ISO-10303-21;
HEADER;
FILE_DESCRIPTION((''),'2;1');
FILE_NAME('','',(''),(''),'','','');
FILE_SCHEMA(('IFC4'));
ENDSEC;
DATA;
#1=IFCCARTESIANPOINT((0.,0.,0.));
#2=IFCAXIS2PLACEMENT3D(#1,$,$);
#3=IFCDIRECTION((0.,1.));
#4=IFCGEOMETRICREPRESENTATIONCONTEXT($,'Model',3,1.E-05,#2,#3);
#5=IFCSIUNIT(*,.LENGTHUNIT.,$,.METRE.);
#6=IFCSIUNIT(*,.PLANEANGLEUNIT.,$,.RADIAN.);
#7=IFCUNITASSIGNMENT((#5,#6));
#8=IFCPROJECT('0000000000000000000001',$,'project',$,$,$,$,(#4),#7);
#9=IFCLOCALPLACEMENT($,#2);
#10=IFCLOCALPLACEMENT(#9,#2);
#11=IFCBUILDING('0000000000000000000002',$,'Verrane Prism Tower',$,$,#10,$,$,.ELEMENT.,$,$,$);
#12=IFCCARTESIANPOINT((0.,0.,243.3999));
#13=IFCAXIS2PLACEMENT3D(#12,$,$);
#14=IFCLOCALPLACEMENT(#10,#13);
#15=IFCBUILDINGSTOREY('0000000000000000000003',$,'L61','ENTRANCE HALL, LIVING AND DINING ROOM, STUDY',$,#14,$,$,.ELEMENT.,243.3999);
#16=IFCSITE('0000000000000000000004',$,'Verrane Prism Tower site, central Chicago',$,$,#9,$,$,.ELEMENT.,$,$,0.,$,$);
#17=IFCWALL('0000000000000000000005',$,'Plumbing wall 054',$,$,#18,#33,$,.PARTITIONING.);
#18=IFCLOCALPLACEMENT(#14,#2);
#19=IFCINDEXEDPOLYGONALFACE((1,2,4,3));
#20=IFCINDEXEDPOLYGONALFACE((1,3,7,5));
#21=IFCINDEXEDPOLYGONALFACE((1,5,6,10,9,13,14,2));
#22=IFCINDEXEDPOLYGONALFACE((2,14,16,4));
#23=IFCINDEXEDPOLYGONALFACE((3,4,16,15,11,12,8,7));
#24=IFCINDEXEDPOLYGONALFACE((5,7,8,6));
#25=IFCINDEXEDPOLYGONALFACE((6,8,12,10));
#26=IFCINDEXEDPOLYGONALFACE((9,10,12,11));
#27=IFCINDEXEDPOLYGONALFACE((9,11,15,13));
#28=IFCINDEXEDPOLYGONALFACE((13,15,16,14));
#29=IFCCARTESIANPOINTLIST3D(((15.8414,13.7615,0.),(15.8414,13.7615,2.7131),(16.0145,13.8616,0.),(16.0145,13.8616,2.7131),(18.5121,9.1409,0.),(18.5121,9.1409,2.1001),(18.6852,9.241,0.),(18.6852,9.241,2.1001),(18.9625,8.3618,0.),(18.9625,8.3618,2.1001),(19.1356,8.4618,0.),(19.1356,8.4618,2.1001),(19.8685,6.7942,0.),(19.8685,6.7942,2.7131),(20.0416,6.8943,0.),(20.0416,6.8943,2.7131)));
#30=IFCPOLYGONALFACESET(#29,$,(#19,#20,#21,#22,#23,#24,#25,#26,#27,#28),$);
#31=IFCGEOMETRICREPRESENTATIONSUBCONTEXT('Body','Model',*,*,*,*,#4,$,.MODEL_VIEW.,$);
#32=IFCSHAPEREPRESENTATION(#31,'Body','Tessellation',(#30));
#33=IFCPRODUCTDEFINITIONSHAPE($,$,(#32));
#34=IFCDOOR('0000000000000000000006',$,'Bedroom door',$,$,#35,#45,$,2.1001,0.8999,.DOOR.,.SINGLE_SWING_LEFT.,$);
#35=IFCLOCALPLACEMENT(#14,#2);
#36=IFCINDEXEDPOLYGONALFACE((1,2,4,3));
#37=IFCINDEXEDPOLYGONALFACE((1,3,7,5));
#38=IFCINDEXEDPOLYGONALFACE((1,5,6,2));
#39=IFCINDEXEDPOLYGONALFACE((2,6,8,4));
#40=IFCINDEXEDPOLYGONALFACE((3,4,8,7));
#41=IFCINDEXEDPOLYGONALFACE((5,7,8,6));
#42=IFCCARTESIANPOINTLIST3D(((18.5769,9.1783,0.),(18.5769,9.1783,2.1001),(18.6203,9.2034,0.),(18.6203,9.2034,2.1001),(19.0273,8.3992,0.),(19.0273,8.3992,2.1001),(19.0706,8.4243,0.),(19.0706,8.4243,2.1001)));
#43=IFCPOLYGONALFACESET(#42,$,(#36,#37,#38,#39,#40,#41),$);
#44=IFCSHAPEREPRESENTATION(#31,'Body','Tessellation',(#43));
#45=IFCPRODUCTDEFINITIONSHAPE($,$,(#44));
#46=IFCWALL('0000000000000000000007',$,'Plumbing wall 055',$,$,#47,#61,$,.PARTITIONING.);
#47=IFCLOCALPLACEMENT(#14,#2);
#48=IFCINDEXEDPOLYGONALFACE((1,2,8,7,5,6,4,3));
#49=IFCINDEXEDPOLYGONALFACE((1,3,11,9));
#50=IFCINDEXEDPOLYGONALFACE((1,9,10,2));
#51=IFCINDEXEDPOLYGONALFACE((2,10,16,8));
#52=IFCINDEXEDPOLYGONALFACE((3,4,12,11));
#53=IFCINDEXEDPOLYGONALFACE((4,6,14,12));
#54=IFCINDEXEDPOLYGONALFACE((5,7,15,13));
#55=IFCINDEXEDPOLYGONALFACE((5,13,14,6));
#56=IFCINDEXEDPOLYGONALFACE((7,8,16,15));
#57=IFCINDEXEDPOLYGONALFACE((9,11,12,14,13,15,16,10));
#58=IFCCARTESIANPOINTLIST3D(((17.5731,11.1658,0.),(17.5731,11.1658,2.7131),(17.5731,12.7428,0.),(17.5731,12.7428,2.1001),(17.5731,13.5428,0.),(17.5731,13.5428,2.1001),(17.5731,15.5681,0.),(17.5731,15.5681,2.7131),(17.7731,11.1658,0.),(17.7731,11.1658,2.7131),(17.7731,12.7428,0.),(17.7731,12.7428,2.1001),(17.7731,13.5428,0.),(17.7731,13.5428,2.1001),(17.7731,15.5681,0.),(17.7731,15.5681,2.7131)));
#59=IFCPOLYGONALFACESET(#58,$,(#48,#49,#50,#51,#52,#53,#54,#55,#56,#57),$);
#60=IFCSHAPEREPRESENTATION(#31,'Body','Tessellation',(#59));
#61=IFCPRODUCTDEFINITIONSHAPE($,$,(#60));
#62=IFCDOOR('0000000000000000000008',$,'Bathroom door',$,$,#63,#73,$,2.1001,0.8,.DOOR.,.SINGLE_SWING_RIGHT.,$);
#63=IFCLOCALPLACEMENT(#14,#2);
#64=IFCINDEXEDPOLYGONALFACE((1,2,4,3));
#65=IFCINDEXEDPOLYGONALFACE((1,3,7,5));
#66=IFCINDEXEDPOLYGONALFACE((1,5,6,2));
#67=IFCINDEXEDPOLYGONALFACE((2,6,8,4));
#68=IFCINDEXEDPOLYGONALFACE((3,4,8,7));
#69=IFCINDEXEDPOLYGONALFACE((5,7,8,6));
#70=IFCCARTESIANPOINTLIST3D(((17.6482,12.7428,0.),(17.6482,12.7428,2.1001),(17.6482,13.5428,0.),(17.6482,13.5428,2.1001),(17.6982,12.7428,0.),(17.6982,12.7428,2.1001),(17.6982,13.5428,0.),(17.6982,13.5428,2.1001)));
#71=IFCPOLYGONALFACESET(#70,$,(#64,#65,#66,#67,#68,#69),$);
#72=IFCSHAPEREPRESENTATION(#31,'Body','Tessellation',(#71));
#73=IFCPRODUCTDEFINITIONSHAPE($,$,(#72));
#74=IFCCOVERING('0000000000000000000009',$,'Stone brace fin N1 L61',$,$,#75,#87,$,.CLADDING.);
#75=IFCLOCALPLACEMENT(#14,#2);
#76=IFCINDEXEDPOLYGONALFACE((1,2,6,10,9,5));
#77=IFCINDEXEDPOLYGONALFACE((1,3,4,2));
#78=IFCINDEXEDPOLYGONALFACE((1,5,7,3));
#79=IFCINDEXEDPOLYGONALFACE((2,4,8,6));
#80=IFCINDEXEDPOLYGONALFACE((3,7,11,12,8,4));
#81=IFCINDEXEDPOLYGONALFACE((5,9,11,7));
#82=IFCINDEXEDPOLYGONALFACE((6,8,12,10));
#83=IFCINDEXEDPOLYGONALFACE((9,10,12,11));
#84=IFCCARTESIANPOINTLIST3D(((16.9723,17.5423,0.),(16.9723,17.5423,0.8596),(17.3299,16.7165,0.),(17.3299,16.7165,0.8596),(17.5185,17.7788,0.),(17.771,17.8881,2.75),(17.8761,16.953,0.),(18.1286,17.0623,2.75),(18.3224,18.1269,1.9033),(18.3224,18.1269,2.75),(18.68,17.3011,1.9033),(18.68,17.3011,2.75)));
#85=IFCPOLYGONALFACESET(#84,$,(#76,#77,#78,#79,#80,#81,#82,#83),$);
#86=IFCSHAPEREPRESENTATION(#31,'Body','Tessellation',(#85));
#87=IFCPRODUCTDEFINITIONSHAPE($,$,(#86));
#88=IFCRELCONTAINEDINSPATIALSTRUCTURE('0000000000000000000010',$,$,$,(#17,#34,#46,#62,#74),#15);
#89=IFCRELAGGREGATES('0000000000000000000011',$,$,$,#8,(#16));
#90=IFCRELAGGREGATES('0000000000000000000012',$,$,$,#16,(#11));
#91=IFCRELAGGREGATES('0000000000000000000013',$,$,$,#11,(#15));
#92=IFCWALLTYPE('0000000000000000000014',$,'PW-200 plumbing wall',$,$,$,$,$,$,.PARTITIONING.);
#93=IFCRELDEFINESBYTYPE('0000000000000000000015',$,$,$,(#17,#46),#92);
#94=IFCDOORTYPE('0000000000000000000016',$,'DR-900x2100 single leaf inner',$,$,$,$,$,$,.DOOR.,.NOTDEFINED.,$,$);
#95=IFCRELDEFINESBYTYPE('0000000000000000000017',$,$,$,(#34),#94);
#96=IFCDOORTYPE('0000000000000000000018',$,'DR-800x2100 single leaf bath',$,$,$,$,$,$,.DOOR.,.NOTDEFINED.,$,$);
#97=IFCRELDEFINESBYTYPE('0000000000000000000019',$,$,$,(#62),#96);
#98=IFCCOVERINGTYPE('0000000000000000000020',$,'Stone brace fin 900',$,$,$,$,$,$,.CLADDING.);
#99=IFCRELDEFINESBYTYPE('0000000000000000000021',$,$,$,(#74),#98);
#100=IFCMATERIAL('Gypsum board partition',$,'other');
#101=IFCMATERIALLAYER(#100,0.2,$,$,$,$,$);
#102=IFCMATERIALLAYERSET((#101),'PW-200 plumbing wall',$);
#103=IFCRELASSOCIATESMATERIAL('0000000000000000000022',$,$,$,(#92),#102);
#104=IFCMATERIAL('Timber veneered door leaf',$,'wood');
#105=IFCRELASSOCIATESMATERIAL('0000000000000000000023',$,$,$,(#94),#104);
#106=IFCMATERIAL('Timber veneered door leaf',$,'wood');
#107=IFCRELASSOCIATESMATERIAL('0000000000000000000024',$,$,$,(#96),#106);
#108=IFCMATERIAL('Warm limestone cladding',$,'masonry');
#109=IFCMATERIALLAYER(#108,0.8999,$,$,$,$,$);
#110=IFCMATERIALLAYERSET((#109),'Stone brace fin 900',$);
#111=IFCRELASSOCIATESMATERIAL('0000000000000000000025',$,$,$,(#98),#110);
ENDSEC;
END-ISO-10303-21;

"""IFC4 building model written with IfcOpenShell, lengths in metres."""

from ifc_helpers import new_model, si_unit, direction, frame, frame_2d, origin, place, context, subcontext, project, spatial, polyline, rectangle, outline, extrude, material, layer, layer_set, type_object, element, fill, save


model = new_model("IFC4")

# Units and contexts
model_context = context("Model", 3, precision=1e-05, world=origin(), true_north=direction((0.0, 1.0)))
body_context = subcontext(model_context, "Body", "Model", "MODEL_VIEW")
ifc_project = project(units=[si_unit("LENGTHUNIT", "METRE"), si_unit("PLANEANGLEUNIT", "RADIAN")], contexts=[model_context])

# Site, building, storey
site_placement = place(None, origin())
site = spatial("IfcSite", under=ifc_project, at=site_placement, Name="Verrane Prism Tower site, central Chicago", CompositionType="ELEMENT", RefElevation=0.0)
building_placement = place(site_placement, origin())
building = spatial("IfcBuilding", under=site, at=building_placement, Name="Verrane Prism Tower", CompositionType="ELEMENT")
storey_placement = place(building_placement, frame((0.0, 0.0, 243.3999)))
storey = spatial("IfcBuildingStorey", under=building, at=storey_placement, Name="L61", Description="ENTRANCE HALL, LIVING AND DINING ROOM, STUDY", CompositionType="ELEMENT", Elevation=243.3999)

# Shared definitions
ifc_material_1 = material(Name="Gypsum board partition", Category="other")
ifc_layer_1 = layer(ifc_material_1, 0.2)
ifc_layer_set_1 = layer_set([ifc_layer_1], Name="PW-200 plumbing wall")
wall_type = type_object("IfcWallType", Name="PW-200 plumbing wall", PredefinedType="PARTITIONING", material=ifc_layer_set_1)

# Walls, openings, doors
wall_1_placement = place(storey_placement, frame((15.928, 13.8115, 0.0), z_axis=(0.0, 0.0, 1.0), x_axis=(0.500423, -0.865781, 0.0)))
wall_1 = element("IfcWall", 1, at=wall_1_placement, inside=storey, type_object=wall_type, Name="Plumbing wall 054", PredefinedType="PARTITIONING", context=body_context, shape_type="SweptSolid", body=[
    extrude(rectangle(XDim=8.0474, YDim=0.2, at=frame_2d((4.0237, 0.0))), origin(), (0.0, 0.0, 1.0), 2.7131),
])
opening_1_placement = place(wall_1_placement, frame((5.3369, 0.0, 0.0)))
opening_1 = element("IfcOpeningElement", 2, at=opening_1_placement, cuts=wall_1, PredefinedType="OPENING", context=body_context, shape_type="SweptSolid", body=[
    extrude(rectangle(XDim=0.8999, YDim=2.1001, at=frame_2d((0.45, 1.05))), frame((0.0, 0.1099, 0.0), z_axis=(0.0, -1.0, 0.0), x_axis=(1.0, 0.0, 0.0)), (0.0, 0.0, 1.0), 0.22),
])
ifc_material_2 = material(Name="Timber veneered door leaf", Category="wood")
door_type_1 = type_object("IfcDoorType", Name="DR-900x2100 single leaf inner", OperationType="NOTDEFINED", PredefinedType="DOOR", material=ifc_material_2)
door_1_placement = place(opening_1_placement, origin())
door_1 = element("IfcDoor", 3, at=door_1_placement, inside=storey, type_object=door_type_1, Name="Bedroom door", OperationType="SINGLE_SWING_LEFT", OverallHeight=2.1001, OverallWidth=0.8999, PredefinedType="DOOR", context=body_context, shape_type="SweptSolid", body=[
    extrude(rectangle(XDim=0.8999, YDim=2.1001, at=frame_2d((0.45, 1.05))), frame((0.0, 0.0249, 0.0), z_axis=(0.0, -1.0, 0.0), x_axis=(1.0, 0.0, 0.0)), (0.0, 0.0, 1.0), 0.05),
])
fill(opening_1, door_1)
wall_2_placement = place(storey_placement, frame((17.6731, 11.1658, 0.0), z_axis=(0.0, 0.0, 1.0), x_axis=(0.0, 1.0, 0.0)))
wall_2 = element("IfcWall", 4, at=wall_2_placement, inside=storey, type_object=wall_type, Name="Plumbing wall 055", PredefinedType="PARTITIONING", context=body_context, shape_type="SweptSolid", body=[
    extrude(rectangle(XDim=4.4023, YDim=0.2, at=frame_2d((2.2012, 0.0))), origin(), (0.0, 0.0, 1.0), 2.7131),
])
opening_2_placement = place(wall_2_placement, frame((1.5771, 0.0, 0.0)))
opening_2 = element("IfcOpeningElement", 5, at=opening_2_placement, cuts=wall_2, PredefinedType="OPENING", context=body_context, shape_type="SweptSolid", body=[
    extrude(rectangle(XDim=0.8, YDim=2.1001, at=frame_2d((0.3999, 1.05))), frame((0.0, 0.1099, 0.0), z_axis=(0.0, -1.0, 0.0), x_axis=(1.0, 0.0, 0.0)), (0.0, 0.0, 1.0), 0.22),
])
ifc_material_3 = material(Name="Timber veneered door leaf", Category="wood")
door_type_2 = type_object("IfcDoorType", Name="DR-800x2100 single leaf bath", OperationType="NOTDEFINED", PredefinedType="DOOR", material=ifc_material_3)
door_2_placement = place(opening_2_placement, origin())
door_2 = element("IfcDoor", 6, at=door_2_placement, inside=storey, type_object=door_type_2, Name="Bathroom door", OperationType="SINGLE_SWING_RIGHT", OverallHeight=2.1001, OverallWidth=0.8, PredefinedType="DOOR", context=body_context, shape_type="SweptSolid", body=[
    extrude(rectangle(XDim=0.8, YDim=2.1001, at=frame_2d((0.3999, 1.05))), frame((0.0, 0.0249, 0.0), z_axis=(0.0, -1.0, 0.0), x_axis=(1.0, 0.0, 0.0)), (0.0, 0.0, 1.0), 0.05),
])
fill(opening_2, door_2)

# Covering
ifc_material_4 = material(Name="Warm limestone cladding", Category="masonry")
ifc_layer_2 = layer(ifc_material_4, 0.8999)
ifc_layer_set_2 = layer_set([ifc_layer_2], Name="Stone brace fin 900")
covering_type = type_object("IfcCoveringType", Name="Stone brace fin 900", PredefinedType="CLADDING", material=ifc_layer_set_2)
covering_placement = place(storey_placement, frame((17.1511, 17.1294, 0.0), z_axis=(0.0, 0.0, 1.0), x_axis=(0.917663, 0.397361, 0.0)))
element("IfcCovering", 7, at=covering_placement, inside=storey, type_object=covering_type, Name="Stone brace fin N1 L61", PredefinedType="CLADDING", context=body_context, shape_type="SweptSolid", body=[
    extrude(outline(polyline([(1.4712, 2.75), (0.8704, 2.75), (0.0, 0.8596), (0.0, 0.0), (0.5952, 0.0), (1.4712, 1.9033), (1.4712, 2.75)])), frame((0.0, 0.45, 0.0), z_axis=(0.0, -1.0, 0.0), x_axis=(1.0, 0.0, 0.0)), (0.0, 0.0, 1.0), 0.8999),
])

save(model, "model.ifc")
